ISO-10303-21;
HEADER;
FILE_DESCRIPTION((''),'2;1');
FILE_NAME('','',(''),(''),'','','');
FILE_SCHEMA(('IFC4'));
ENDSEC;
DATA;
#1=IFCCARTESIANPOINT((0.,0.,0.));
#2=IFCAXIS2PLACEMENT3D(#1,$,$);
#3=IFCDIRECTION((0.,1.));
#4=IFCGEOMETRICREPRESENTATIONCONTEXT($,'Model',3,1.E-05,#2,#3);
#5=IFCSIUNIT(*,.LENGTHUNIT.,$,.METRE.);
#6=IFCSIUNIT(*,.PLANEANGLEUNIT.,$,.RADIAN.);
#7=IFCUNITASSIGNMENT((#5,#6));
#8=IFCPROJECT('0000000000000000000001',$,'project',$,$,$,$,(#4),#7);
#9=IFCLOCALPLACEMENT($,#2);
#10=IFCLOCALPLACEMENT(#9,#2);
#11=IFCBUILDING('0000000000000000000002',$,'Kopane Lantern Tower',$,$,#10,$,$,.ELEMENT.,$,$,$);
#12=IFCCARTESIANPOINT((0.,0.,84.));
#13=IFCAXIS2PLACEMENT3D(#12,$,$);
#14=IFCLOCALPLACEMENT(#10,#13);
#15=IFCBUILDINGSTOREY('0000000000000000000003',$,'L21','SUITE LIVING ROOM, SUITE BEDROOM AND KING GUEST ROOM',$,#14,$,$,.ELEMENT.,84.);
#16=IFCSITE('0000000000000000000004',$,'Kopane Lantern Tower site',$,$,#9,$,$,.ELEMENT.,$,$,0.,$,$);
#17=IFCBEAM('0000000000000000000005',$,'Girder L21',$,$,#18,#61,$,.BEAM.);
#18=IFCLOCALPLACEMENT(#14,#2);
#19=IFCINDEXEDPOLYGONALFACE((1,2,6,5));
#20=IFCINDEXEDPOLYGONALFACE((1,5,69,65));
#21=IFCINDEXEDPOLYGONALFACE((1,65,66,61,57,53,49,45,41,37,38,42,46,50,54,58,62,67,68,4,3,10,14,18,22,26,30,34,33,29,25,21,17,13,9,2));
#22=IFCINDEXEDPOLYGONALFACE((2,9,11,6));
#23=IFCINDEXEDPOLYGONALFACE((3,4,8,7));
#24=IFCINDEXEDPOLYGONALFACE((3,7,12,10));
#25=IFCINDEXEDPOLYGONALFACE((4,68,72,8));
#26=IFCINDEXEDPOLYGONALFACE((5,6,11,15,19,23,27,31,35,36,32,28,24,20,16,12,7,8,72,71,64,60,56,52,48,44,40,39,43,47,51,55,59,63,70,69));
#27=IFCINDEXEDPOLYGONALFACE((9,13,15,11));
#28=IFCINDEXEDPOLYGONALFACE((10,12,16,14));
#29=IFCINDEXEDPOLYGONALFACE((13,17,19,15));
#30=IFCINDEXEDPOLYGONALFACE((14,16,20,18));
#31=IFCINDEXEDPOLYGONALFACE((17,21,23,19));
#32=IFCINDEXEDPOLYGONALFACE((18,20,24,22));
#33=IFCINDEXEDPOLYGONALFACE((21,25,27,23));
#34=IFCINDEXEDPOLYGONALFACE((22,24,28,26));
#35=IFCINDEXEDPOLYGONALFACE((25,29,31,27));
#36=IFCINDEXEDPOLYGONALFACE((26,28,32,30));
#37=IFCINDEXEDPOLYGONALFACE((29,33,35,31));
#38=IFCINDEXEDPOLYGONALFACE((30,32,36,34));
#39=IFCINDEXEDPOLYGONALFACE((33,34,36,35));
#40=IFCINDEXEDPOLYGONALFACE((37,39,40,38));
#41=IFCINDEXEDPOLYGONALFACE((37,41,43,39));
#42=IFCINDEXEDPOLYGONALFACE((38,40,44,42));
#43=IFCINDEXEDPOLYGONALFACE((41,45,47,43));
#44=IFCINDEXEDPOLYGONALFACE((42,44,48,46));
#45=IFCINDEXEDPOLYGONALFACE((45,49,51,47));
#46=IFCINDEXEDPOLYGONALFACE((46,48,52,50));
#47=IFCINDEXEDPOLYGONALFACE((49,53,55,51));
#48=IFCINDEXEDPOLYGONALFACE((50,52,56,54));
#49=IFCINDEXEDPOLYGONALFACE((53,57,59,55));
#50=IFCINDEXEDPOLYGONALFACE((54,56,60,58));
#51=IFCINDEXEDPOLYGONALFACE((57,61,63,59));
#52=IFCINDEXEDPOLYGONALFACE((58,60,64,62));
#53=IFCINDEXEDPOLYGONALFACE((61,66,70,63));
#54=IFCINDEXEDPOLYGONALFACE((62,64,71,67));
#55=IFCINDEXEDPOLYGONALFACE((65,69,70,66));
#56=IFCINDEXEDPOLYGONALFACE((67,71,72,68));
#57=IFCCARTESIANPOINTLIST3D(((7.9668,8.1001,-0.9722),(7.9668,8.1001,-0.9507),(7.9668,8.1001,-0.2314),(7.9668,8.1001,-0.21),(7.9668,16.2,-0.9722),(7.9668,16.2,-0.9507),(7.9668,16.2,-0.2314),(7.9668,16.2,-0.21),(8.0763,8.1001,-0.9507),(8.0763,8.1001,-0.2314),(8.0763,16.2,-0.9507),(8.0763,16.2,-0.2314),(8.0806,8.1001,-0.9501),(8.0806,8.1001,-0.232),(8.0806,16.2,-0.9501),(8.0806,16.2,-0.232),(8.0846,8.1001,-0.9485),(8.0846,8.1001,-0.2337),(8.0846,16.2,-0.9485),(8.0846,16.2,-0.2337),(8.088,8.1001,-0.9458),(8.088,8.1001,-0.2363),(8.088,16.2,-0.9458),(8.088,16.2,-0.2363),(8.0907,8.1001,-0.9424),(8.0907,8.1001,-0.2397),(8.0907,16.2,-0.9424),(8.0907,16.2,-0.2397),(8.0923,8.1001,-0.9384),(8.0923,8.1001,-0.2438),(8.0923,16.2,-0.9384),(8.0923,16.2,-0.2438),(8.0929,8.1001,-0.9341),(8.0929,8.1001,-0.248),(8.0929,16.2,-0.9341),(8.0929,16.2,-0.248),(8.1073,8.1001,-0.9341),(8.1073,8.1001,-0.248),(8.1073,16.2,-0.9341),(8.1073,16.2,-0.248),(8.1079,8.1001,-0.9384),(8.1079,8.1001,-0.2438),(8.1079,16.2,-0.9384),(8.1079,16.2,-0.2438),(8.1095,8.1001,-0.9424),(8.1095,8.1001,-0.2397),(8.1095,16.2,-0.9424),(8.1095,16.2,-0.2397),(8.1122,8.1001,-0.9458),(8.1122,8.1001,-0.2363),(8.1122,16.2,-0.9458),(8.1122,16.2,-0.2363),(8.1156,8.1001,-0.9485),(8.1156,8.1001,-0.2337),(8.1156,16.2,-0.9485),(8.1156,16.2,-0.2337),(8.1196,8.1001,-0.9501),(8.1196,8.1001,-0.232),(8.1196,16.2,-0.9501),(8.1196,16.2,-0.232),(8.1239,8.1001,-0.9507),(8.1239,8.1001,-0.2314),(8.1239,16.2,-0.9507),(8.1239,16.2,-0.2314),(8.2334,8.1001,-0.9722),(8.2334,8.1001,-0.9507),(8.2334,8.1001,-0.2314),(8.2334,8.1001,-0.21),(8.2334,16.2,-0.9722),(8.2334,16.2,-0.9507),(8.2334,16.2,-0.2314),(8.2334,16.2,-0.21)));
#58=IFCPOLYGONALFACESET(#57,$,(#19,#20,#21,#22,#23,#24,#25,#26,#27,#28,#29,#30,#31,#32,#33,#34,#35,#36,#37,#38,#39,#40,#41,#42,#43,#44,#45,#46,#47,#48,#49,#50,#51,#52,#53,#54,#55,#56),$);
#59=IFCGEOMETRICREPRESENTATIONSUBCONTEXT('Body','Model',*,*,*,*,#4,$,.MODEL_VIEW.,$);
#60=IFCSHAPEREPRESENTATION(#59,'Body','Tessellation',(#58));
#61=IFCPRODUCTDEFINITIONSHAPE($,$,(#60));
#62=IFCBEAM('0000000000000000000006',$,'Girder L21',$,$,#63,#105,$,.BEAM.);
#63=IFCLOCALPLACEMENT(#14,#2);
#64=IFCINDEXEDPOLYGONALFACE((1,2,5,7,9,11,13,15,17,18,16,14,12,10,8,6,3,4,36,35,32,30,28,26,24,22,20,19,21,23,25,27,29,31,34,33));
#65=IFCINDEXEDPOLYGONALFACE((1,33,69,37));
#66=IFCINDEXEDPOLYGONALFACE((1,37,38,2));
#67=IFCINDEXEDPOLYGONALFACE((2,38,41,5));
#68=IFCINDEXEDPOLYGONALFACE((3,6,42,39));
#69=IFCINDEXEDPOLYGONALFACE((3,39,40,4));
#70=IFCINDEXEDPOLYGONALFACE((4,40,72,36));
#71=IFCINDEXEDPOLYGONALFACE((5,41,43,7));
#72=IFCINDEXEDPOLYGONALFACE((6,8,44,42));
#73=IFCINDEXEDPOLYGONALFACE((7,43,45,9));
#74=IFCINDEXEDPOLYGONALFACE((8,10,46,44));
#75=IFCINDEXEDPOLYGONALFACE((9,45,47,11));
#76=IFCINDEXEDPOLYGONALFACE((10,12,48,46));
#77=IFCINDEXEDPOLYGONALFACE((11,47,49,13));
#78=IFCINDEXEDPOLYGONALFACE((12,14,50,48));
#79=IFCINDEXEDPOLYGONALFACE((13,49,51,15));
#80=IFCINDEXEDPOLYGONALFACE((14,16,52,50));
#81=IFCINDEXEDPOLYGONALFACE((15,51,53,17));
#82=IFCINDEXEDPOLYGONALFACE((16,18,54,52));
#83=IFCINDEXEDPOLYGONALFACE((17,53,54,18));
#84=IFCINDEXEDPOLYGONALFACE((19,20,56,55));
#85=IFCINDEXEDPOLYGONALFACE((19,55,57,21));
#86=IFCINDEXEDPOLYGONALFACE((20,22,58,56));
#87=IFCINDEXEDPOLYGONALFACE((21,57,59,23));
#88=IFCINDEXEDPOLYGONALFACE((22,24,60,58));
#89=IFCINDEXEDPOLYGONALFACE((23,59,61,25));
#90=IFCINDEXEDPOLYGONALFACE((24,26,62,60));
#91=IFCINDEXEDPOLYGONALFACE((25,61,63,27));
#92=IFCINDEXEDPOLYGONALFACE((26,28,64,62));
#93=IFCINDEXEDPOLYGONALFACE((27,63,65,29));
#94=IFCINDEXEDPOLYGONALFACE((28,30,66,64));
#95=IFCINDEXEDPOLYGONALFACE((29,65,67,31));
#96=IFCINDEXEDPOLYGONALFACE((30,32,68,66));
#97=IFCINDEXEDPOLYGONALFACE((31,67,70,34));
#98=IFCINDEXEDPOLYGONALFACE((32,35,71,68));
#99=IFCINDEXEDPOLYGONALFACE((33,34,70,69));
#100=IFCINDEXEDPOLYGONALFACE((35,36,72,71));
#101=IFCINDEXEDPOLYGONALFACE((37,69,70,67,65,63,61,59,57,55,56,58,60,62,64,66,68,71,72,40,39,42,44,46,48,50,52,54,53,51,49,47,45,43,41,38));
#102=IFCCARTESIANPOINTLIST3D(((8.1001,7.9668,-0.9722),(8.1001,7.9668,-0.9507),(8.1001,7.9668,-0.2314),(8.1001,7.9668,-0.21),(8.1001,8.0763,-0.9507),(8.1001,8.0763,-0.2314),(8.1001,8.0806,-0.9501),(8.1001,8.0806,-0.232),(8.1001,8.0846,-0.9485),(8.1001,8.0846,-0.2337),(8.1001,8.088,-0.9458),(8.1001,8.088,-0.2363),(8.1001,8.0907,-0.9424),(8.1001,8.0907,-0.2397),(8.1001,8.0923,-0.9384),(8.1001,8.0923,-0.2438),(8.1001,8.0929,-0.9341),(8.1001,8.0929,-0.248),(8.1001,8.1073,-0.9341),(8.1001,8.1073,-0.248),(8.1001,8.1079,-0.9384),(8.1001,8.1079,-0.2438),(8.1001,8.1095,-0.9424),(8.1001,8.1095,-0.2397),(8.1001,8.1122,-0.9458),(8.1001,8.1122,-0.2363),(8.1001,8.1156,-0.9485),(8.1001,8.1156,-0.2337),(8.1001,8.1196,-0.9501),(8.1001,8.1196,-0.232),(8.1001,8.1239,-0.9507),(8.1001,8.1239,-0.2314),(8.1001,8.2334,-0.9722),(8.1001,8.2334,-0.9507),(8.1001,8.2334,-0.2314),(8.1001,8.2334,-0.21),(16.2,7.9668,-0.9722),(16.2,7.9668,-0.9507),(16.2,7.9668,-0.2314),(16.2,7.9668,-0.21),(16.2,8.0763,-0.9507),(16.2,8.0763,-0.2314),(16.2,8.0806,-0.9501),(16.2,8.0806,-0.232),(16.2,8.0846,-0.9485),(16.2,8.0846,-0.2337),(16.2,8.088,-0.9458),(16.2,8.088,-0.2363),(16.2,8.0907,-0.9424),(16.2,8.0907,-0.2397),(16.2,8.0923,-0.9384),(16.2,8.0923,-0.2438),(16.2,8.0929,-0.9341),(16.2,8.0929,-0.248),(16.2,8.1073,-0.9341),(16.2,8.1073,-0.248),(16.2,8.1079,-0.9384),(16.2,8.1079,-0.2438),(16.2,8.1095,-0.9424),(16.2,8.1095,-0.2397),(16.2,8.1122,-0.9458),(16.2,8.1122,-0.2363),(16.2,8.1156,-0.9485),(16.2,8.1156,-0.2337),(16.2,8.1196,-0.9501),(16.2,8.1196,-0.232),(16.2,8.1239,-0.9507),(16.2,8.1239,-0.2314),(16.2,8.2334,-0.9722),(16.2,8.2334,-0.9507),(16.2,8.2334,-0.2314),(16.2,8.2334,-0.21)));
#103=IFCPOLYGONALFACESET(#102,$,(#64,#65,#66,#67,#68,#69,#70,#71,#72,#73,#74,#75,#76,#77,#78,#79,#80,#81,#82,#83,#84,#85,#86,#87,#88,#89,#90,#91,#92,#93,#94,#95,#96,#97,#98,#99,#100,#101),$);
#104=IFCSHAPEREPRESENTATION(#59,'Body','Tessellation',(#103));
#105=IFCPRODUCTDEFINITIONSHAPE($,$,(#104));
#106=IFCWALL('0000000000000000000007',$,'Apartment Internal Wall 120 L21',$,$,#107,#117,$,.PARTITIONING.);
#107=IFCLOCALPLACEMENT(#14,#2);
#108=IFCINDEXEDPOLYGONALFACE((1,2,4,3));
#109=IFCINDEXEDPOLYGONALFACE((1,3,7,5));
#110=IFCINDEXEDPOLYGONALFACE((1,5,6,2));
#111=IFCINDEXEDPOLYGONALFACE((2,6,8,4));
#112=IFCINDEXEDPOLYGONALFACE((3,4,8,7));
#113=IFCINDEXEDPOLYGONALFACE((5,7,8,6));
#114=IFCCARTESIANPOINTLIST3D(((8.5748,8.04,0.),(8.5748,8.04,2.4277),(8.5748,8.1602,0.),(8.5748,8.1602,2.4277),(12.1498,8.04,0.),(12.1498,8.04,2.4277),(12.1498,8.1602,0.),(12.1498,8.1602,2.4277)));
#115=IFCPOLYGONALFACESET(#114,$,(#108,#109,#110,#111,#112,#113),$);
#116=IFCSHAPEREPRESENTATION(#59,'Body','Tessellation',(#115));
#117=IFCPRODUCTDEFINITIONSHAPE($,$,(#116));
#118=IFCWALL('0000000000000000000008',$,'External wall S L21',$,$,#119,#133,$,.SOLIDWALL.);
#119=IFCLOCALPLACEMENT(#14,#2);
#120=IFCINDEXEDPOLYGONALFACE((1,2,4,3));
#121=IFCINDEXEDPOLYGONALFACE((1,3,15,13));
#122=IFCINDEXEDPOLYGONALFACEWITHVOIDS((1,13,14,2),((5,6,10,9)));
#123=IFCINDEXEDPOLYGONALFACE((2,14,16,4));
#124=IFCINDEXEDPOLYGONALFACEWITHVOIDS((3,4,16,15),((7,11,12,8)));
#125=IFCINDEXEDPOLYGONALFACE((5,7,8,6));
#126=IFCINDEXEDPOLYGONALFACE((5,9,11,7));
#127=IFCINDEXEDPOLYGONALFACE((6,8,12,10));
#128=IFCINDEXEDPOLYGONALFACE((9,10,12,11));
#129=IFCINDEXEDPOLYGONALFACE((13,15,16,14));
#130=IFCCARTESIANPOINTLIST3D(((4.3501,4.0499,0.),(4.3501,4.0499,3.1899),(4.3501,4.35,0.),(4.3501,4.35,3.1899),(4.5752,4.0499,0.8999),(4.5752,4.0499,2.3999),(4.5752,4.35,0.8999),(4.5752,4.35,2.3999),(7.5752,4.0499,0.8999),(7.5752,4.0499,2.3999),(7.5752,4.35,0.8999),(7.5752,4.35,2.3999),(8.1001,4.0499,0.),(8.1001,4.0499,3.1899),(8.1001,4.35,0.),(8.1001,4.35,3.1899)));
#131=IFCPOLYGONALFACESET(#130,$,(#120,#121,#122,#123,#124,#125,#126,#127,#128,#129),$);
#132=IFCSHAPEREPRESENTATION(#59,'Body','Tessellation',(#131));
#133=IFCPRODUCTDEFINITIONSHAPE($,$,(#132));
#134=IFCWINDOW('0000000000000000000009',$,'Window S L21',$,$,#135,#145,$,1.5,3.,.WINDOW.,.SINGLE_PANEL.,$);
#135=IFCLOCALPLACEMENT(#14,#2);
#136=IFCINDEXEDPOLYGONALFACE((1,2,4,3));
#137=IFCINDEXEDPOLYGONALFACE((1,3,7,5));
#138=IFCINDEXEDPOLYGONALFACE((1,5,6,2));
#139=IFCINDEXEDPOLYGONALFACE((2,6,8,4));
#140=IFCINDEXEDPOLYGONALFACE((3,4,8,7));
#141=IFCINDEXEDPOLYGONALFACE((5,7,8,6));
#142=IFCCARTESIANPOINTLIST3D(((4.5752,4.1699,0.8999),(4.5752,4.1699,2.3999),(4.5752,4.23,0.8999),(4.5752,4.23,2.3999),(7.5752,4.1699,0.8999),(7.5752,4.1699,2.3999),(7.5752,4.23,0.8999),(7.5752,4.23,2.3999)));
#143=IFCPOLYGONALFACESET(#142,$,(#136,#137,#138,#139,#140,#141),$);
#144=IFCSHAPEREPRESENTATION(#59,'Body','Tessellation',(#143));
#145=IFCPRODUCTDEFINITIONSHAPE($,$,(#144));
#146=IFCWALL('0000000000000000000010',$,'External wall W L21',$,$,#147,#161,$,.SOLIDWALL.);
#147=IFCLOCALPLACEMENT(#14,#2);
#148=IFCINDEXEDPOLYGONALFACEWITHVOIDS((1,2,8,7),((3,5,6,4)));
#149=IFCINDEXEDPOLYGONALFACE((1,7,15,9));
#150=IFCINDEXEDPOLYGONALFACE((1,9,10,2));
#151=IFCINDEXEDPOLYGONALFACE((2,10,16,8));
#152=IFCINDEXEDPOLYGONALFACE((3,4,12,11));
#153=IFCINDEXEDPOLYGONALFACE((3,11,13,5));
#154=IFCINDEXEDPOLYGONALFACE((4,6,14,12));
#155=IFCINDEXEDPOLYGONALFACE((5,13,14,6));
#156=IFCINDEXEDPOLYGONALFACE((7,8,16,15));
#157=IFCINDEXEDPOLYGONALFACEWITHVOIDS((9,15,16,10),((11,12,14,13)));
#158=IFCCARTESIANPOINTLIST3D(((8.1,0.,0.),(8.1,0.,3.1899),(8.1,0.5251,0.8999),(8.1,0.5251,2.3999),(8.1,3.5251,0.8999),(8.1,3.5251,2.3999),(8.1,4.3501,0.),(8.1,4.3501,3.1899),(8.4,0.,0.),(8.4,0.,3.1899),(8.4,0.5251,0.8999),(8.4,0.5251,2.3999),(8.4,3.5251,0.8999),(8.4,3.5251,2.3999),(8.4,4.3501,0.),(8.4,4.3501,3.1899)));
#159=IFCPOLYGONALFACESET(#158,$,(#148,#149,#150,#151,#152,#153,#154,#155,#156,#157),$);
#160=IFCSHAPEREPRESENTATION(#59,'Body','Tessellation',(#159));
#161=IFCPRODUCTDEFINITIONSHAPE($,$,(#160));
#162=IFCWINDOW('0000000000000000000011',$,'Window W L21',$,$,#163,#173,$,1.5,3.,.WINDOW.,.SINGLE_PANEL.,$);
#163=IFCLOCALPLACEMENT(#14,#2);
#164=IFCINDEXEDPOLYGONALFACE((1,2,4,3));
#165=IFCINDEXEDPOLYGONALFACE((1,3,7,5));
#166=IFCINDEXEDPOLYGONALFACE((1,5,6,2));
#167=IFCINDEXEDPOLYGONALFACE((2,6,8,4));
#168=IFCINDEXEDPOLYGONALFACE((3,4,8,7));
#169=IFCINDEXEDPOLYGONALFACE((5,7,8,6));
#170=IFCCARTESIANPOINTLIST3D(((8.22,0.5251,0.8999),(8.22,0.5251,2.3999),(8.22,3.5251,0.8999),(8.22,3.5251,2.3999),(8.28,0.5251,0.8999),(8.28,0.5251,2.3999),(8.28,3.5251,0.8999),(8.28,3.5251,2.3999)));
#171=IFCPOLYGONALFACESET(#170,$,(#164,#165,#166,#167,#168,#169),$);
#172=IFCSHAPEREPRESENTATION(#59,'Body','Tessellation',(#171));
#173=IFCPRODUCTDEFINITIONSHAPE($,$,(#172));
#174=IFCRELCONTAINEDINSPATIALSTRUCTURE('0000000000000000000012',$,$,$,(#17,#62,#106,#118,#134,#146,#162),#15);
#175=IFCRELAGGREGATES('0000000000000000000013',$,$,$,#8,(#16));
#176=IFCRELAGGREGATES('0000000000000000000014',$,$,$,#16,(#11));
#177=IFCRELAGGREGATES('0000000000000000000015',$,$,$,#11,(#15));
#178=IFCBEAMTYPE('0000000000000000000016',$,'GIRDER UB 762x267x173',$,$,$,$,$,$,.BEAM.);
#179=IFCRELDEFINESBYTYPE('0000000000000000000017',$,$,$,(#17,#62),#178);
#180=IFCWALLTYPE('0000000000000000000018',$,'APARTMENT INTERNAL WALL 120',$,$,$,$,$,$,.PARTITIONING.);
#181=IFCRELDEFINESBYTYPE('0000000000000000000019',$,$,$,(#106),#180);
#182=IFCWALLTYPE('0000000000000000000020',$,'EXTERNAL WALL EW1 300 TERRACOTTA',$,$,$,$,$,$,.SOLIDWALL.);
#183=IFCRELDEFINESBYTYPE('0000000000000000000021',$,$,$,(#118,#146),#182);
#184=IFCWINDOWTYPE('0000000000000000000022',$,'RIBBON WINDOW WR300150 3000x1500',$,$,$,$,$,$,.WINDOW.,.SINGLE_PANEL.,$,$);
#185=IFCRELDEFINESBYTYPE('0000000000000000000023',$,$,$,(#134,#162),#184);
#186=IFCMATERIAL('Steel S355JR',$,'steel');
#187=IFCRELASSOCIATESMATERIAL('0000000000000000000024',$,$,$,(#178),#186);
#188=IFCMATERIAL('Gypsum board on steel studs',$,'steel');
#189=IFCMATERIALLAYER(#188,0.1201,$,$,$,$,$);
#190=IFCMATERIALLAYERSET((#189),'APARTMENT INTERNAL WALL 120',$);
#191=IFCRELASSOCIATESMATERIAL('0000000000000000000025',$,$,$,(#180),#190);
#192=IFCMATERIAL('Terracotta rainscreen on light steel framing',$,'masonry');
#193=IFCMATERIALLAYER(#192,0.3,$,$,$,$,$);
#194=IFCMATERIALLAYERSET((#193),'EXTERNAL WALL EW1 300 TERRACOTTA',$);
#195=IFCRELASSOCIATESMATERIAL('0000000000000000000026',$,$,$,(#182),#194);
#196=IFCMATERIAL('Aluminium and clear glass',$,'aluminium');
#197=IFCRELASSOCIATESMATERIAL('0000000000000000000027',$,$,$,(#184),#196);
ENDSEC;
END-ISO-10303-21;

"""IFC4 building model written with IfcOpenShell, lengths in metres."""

from ifc_helpers import new_model, si_unit, direction, frame, frame_2d, origin, origin_2d, place, context, subcontext, project, spatial, rectangle, i_section, extrude, material, layer, layer_set, material_profile, profile_set, type_object, element, fill, save


model = new_model("IFC4")

# Units and contexts
model_context = context("Model", 3, precision=1e-05, world=origin(), true_north=direction((0.0, 1.0)))
body_context = subcontext(model_context, "Body", "Model", "MODEL_VIEW")
ifc_project = project(units=[si_unit("LENGTHUNIT", "METRE"), si_unit("PLANEANGLEUNIT", "RADIAN")], contexts=[model_context])

# Site, building, storey
site_placement = place(None, origin())
site = spatial("IfcSite", under=ifc_project, at=site_placement, Name="Kopane Lantern Tower site", CompositionType="ELEMENT", RefElevation=0.0)
building_placement = place(site_placement, origin())
building = spatial("IfcBuilding", under=site, at=building_placement, Name="Kopane Lantern Tower", CompositionType="ELEMENT")
storey_placement = place(building_placement, frame((0.0, 0.0, 84.0)))
storey = spatial("IfcBuildingStorey", under=building, at=storey_placement, Name="L21", Description="SUITE LIVING ROOM, SUITE BEDROOM AND KING GUEST ROOM", CompositionType="ELEMENT", Elevation=84.0)

# Beams
ifc_material_1 = material(Name="Steel S355JR", Category="steel")
ifc_material_profile_1 = material_profile(ifc_material_1, i_section(OverallWidth=0.2666, OverallDepth=0.7622, WebThickness=0.0144, FlangeThickness=0.0215, FilletRadius=0.0166, at=origin_2d()), Name="UB 762x267x173")
ifc_profile_set_1 = profile_set([ifc_material_profile_1], Name="Steel S355JR")
beam_type_1 = type_object("IfcBeamType", Name="GIRDER UB 762x267x173", PredefinedType="BEAM", material=ifc_profile_set_1)
for number, where, z_axis, x_axis, name in (
    (1, (8.1001, 8.1001, -0.5911), (0.0, 1.0, 0.0), (-1.0, 0.0, 0.0), "Girder L21"),
    (2, (8.1001, 8.1001, -0.5911), (1.0, 0.0, 0.0), (0.0, 1.0, 0.0), "Girder L21"),
):
    element("IfcBeam", number, at=place(storey_placement, frame(where, z_axis=z_axis, x_axis=x_axis)), inside=storey, type_object=beam_type_1, Name=name, PredefinedType="BEAM", context=body_context, shape_type="SweptSolid", body=[
        extrude(i_section(OverallWidth=0.2666, OverallDepth=0.7622, WebThickness=0.0144, FlangeThickness=0.0215, FilletRadius=0.0166, at=origin_2d()), origin(), (0.0, 0.0, 1.0), 8.0999),
    ])

# Wall
ifc_material_2 = material(Name="Gypsum board on steel studs", Category="steel")
ifc_layer_1 = layer(ifc_material_2, 0.1201)
ifc_layer_set_1 = layer_set([ifc_layer_1], Name="APARTMENT INTERNAL WALL 120")
wall_type_1 = type_object("IfcWallType", Name="APARTMENT INTERNAL WALL 120", PredefinedType="PARTITIONING", material=ifc_layer_set_1)
wall_1_placement = place(storey_placement, frame((12.1499, 8.1001, 0.0), z_axis=(0.0, 0.0, 1.0), x_axis=(-1.0, 0.0, 0.0)))
element("IfcWall", 3, at=wall_1_placement, inside=storey, type_object=wall_type_1, Name="Apartment Internal Wall 120 L21", PredefinedType="PARTITIONING", context=body_context, shape_type="SweptSolid", body=[
    extrude(rectangle(XDim=3.575, YDim=0.1201, at=frame_2d((1.7876, 0.0))), origin(), (0.0, 0.0, 1.0), 2.4277),
])

# Shared definitions
ifc_material_3 = material(Name="Terracotta rainscreen on light steel framing", Category="masonry")
ifc_layer_2 = layer(ifc_material_3, 0.3)
ifc_layer_set_2 = layer_set([ifc_layer_2], Name="EXTERNAL WALL EW1 300 TERRACOTTA")
wall_type_2 = type_object("IfcWallType", Name="EXTERNAL WALL EW1 300 TERRACOTTA", PredefinedType="SOLIDWALL", material=ifc_layer_set_2)
ifc_material_4 = material(Name="Aluminium and clear glass", Category="aluminium")
window_type = type_object("IfcWindowType", Name="RIBBON WINDOW WR300150 3000x1500", PartitioningType="SINGLE_PANEL", PredefinedType="WINDOW", material=ifc_material_4)

# Walls, openings, windows
wall_2_placement = place(storey_placement, frame((4.3501, 4.2, 0.0), z_axis=(0.0, 0.0, 1.0), x_axis=(1.0, 0.0, 0.0)))
wall_2 = element("IfcWall", 4, at=wall_2_placement, inside=storey, type_object=wall_type_2, Name="External wall S L21", PredefinedType="SOLIDWALL", context=body_context, shape_type="SweptSolid", body=[
    extrude(rectangle(XDim=3.75, YDim=0.3, at=frame_2d((1.875, 0.0))), origin(), (0.0, 0.0, 1.0), 3.1899),
])
opening_1_placement = place(wall_2_placement, frame((0.2251, 0.0, 0.8999)))
opening_1 = element("IfcOpeningElement", 5, at=opening_1_placement, cuts=wall_2, PredefinedType="OPENING", context=body_context, shape_type="SweptSolid", body=[
    extrude(rectangle(XDim=3.0, YDim=1.5, at=frame_2d((1.5, 0.75))), frame((0.0, 0.1599, 0.0), z_axis=(0.0, -1.0, 0.0), x_axis=(1.0, 0.0, 0.0)), (0.0, 0.0, 1.0), 0.3201),
])
window_1_placement = place(opening_1_placement, origin())
window_1 = element("IfcWindow", 6, at=window_1_placement, inside=storey, type_object=window_type, Name="Window S L21", OverallHeight=1.5, OverallWidth=3.0, PartitioningType="SINGLE_PANEL", PredefinedType="WINDOW", context=body_context, shape_type="SweptSolid", body=[
    extrude(rectangle(XDim=3.0, YDim=1.5, at=frame_2d((1.5, 0.75))), frame((0.0, 0.03, 0.0), z_axis=(0.0, -1.0, 0.0), x_axis=(1.0, 0.0, 0.0)), (0.0, 0.0, 1.0), 0.0601),
])
fill(opening_1, window_1)
wall_3_placement = place(storey_placement, frame((8.25, 4.3501, 0.0), z_axis=(0.0, 0.0, 1.0), x_axis=(0.0, -1.0, 0.0)))
wall_3 = element("IfcWall", 7, at=wall_3_placement, inside=storey, type_object=wall_type_2, Name="External wall W L21", PredefinedType="SOLIDWALL", context=body_context, shape_type="SweptSolid", body=[
    extrude(rectangle(XDim=4.3501, YDim=0.3, at=frame_2d((2.175, 0.0))), origin(), (0.0, 0.0, 1.0), 3.1899),
])
opening_2_placement = place(wall_3_placement, frame((0.825, 0.0, 0.8999)))
opening_2 = element("IfcOpeningElement", 8, at=opening_2_placement, cuts=wall_3, PredefinedType="OPENING", context=body_context, shape_type="SweptSolid", body=[
    extrude(rectangle(XDim=3.0, YDim=1.5, at=frame_2d((1.5, 0.75))), frame((0.0, 0.1599, 0.0), z_axis=(0.0, -1.0, 0.0), x_axis=(1.0, 0.0, 0.0)), (0.0, 0.0, 1.0), 0.3201),
])
window_2_placement = place(opening_2_placement, origin())
window_2 = element("IfcWindow", 9, at=window_2_placement, inside=storey, type_object=window_type, Name="Window W L21", OverallHeight=1.5, OverallWidth=3.0, PartitioningType="SINGLE_PANEL", PredefinedType="WINDOW", context=body_context, shape_type="SweptSolid", body=[
    extrude(rectangle(XDim=3.0, YDim=1.5, at=frame_2d((1.5, 0.75))), frame((0.0, 0.03, 0.0), z_axis=(0.0, -1.0, 0.0), x_axis=(1.0, 0.0, 0.0)), (0.0, 0.0, 1.0), 0.0601),
])
fill(opening_2, window_2)

save(model, "model.ifc")
